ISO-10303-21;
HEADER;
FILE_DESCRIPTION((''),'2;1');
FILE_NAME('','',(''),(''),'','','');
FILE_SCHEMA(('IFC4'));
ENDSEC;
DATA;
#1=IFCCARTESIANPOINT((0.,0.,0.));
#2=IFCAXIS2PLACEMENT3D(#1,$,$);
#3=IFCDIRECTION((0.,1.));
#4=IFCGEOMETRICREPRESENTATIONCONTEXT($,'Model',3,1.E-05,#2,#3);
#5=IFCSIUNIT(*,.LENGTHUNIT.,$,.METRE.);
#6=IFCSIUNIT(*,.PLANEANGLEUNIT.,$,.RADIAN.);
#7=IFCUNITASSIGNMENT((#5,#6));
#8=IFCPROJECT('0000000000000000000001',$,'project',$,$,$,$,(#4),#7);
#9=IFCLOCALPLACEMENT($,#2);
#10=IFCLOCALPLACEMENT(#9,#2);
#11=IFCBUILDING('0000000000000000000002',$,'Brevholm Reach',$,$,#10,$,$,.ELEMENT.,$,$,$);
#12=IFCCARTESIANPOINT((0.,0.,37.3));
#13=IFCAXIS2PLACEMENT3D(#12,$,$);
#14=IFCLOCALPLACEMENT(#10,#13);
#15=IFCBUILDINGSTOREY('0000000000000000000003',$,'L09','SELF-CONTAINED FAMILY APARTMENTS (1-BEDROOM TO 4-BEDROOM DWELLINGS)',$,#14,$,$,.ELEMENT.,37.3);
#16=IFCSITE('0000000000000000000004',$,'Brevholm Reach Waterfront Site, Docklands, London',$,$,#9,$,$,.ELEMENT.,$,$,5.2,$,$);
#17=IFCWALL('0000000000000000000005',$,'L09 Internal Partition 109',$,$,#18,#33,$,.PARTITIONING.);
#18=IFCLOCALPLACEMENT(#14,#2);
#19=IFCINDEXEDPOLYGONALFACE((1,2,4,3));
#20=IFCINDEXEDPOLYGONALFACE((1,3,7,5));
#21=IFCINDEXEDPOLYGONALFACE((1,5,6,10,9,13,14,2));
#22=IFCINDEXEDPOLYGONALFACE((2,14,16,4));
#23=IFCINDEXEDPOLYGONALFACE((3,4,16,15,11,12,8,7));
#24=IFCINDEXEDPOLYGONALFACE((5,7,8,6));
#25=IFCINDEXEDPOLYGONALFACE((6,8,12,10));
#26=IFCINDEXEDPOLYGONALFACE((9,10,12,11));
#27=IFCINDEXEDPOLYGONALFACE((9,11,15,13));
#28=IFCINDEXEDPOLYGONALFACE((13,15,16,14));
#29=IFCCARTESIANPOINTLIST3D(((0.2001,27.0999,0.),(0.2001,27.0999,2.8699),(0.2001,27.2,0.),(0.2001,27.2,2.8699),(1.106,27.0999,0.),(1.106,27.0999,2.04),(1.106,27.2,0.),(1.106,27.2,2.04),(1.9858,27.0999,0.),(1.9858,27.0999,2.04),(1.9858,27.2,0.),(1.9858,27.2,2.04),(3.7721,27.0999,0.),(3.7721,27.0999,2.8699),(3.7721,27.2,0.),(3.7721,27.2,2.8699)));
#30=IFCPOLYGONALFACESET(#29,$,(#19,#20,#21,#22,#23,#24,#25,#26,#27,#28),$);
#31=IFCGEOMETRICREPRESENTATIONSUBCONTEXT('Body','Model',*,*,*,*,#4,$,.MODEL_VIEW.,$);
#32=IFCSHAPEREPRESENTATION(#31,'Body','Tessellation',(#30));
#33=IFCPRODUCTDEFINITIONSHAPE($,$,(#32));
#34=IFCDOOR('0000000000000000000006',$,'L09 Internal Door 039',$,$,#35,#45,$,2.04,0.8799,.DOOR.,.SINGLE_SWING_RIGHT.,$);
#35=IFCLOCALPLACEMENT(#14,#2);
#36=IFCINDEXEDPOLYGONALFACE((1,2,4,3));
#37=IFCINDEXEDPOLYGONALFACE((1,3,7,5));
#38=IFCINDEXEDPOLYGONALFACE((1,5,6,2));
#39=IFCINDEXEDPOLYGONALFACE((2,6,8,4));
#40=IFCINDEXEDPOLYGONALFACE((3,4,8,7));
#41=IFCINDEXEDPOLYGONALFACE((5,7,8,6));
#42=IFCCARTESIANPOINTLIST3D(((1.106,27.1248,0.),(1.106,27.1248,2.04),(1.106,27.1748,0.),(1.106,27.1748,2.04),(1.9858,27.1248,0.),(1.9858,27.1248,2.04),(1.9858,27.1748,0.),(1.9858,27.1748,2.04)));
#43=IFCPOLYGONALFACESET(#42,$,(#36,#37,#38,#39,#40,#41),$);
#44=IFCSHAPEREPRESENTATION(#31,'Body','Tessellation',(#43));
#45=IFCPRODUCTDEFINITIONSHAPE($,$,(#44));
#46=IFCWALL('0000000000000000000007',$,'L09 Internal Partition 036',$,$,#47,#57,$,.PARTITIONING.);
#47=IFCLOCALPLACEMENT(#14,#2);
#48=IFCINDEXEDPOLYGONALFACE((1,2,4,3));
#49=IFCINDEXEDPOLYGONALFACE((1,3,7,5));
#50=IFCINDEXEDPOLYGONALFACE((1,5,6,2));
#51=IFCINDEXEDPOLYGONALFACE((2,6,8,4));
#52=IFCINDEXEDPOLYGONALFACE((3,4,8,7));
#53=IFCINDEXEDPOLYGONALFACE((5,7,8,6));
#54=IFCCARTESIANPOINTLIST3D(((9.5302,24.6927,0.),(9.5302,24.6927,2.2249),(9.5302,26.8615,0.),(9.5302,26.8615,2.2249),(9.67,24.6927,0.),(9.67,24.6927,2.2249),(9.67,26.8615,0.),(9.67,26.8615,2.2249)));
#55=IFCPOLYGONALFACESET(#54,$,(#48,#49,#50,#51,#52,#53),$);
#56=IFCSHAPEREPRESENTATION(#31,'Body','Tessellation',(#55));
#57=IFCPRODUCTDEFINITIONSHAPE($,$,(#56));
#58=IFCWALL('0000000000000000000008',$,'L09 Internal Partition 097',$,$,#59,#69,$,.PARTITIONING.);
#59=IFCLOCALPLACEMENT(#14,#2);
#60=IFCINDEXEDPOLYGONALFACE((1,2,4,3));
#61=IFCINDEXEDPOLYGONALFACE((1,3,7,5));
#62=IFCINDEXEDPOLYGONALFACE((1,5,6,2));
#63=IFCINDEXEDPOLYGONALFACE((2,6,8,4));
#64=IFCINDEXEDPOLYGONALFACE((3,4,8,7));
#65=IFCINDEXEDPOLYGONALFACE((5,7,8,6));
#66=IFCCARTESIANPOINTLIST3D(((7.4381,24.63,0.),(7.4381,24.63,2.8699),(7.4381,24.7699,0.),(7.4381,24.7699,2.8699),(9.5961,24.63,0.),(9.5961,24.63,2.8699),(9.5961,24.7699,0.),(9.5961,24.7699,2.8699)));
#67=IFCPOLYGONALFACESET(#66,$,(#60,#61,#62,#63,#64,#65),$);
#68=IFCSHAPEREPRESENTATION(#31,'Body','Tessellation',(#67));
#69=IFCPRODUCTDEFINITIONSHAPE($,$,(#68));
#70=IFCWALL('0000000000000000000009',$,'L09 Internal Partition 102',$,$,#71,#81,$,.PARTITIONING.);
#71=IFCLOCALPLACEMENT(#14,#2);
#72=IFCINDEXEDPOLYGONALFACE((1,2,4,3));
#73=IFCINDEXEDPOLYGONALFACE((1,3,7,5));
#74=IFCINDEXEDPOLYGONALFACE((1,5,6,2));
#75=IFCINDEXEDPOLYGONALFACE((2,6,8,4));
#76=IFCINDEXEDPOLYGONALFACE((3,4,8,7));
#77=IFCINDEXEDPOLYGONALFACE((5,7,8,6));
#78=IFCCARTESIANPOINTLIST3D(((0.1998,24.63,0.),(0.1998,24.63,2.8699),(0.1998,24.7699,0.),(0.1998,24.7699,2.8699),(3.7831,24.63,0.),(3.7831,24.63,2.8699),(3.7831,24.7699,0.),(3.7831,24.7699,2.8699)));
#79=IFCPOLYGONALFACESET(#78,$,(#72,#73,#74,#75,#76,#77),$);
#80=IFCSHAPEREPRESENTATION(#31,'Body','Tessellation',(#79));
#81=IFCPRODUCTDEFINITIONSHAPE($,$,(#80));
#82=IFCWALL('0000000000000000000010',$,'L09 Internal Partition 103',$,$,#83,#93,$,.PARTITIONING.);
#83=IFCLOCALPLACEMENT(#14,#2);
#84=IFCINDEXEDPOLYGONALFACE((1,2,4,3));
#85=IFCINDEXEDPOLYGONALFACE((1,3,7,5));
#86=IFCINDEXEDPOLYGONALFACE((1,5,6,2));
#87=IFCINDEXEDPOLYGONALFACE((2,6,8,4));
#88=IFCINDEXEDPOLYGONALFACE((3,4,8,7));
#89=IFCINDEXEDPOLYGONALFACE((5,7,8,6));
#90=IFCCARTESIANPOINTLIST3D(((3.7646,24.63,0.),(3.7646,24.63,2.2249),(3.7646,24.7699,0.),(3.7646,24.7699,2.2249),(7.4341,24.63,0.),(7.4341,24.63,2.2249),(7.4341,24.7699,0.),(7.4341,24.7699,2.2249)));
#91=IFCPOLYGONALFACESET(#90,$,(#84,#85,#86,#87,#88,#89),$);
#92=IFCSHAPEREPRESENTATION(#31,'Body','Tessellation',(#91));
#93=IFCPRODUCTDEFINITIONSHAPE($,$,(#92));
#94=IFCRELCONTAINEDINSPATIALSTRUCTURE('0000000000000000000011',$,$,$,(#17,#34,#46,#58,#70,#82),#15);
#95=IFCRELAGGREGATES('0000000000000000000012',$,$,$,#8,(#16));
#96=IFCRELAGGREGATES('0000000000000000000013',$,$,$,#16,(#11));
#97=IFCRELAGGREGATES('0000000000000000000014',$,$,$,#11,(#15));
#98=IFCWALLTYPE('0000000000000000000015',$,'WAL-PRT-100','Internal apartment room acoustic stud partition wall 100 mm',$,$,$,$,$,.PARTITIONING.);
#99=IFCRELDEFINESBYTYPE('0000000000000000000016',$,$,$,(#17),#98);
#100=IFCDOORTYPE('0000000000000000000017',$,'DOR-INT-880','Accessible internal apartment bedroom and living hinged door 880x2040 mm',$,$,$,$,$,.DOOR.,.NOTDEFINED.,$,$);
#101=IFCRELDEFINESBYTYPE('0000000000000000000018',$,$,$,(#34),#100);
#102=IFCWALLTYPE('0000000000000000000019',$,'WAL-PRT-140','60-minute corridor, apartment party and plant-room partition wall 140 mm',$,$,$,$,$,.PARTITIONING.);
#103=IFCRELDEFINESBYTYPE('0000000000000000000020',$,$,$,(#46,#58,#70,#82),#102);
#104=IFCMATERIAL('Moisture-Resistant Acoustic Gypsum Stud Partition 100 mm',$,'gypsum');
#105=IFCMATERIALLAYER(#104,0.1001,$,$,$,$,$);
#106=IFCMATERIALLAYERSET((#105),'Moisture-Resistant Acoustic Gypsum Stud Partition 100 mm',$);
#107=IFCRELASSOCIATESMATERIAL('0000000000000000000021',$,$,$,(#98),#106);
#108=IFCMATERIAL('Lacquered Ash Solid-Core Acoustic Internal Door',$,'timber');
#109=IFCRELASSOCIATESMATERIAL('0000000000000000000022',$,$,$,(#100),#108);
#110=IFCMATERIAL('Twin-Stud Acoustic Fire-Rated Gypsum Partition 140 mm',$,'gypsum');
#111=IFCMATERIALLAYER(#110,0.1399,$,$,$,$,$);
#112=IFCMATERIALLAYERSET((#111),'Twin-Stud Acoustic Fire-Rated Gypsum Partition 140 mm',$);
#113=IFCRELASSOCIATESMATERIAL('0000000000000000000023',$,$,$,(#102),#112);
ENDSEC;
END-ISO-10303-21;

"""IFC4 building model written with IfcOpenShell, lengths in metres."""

from ifc_helpers import new_model, si_unit, direction, frame, frame_2d, origin, place, context, subcontext, project, spatial, rectangle, extrude, material, layer, layer_set, type_object, element, fill, save


model = new_model("IFC4")

# Units and contexts
model_context = context("Model", 3, precision=1e-05, world=origin(), true_north=direction((0.0, 1.0)))
body_context = subcontext(model_context, "Body", "Model", "MODEL_VIEW")
ifc_project = project(units=[si_unit("LENGTHUNIT", "METRE"), si_unit("PLANEANGLEUNIT", "RADIAN")], contexts=[model_context])

# Site, building, storey
site_placement = place(None, origin())
site = spatial("IfcSite", under=ifc_project, at=site_placement, Name="Brevholm Reach Waterfront Site, Docklands, London", CompositionType="ELEMENT", RefElevation=5.2)
building_placement = place(site_placement, origin())
building = spatial("IfcBuilding", under=site, at=building_placement, Name="Brevholm Reach", CompositionType="ELEMENT")
storey_placement = place(building_placement, frame((0.0, 0.0, 37.3)))
storey = spatial("IfcBuildingStorey", under=building, at=storey_placement, Name="L09", Description="SELF-CONTAINED FAMILY APARTMENTS (1-BEDROOM TO 4-BEDROOM DWELLINGS)", CompositionType="ELEMENT", Elevation=37.3)

# Shared definitions
ifc_material_1 = material(Name="Moisture-Resistant Acoustic Gypsum Stud Partition 100 mm", Category="gypsum")
ifc_layer_1 = layer(ifc_material_1, 0.1001)
ifc_layer_set_1 = layer_set([ifc_layer_1], Name="Moisture-Resistant Acoustic Gypsum Stud Partition 100 mm")
wall_type_1 = type_object("IfcWallType", Name="WAL-PRT-100", Description="Internal apartment room acoustic stud partition wall 100 mm", PredefinedType="PARTITIONING", material=ifc_layer_set_1)

# Shared definitions
ifc_material_2 = material(Name="Lacquered Ash Solid-Core Acoustic Internal Door", Category="timber")
door_type_1 = type_object("IfcDoorType", Name="DOR-INT-880", Description="Accessible internal apartment bedroom and living hinged door 880x2040 mm", OperationType="NOTDEFINED", PredefinedType="DOOR", material=ifc_material_2)

# Wall, opening, door
wall_1_placement = place(storey_placement, frame((0.2, 27.1499, 0.0), z_axis=(0.0, 0.0, 1.0), x_axis=(1.0, 0.0, 0.0)))
wall_1 = element("IfcWall", 1, at=wall_1_placement, inside=storey, type_object=wall_type_1, Name="L09 Internal Partition 109", PredefinedType="PARTITIONING", context=body_context, shape_type="SweptSolid", body=[
    extrude(rectangle(XDim=3.572, YDim=0.1001, at=frame_2d((1.7861, 0.0))), origin(), (0.0, 0.0, 1.0), 2.8699),
])
opening_1_placement = place(wall_1_placement, frame((0.906, 0.0, 0.0)))
opening_1 = element("IfcOpeningElement", 2, at=opening_1_placement, cuts=wall_1, PredefinedType="OPENING", context=body_context, shape_type="SweptSolid", body=[
    extrude(rectangle(XDim=0.8799, YDim=2.04, at=frame_2d((0.4399, 1.02))), frame((0.0, 0.0601, 0.0), z_axis=(0.0, -1.0, 0.0), x_axis=(1.0, 0.0, 0.0)), (0.0, 0.0, 1.0), 0.1201),
])
door_1_placement = place(opening_1_placement, origin())
door_1 = element("IfcDoor", 3, at=door_1_placement, inside=storey, type_object=door_type_1, Name="L09 Internal Door 039", OperationType="SINGLE_SWING_RIGHT", OverallHeight=2.04, OverallWidth=0.8799, PredefinedType="DOOR", context=body_context, shape_type="SweptSolid", body=[
    extrude(rectangle(XDim=0.8799, YDim=2.04, at=frame_2d((0.4399, 1.02))), frame((0.0, 0.0249, 0.0), z_axis=(0.0, -1.0, 0.0), x_axis=(1.0, 0.0, 0.0)), (0.0, 0.0, 1.0), 0.05),
])
fill(opening_1, door_1)

# Walls
ifc_material_3 = material(Name="Twin-Stud Acoustic Fire-Rated Gypsum Partition 140 mm", Category="gypsum")
ifc_layer_2 = layer(ifc_material_3, 0.1399)
ifc_layer_set_2 = layer_set([ifc_layer_2], Name="Twin-Stud Acoustic Fire-Rated Gypsum Partition 140 mm")
wall_type_2 = type_object("IfcWallType", Name="WAL-PRT-140", Description="60-minute corridor, apartment party and plant-room partition wall 140 mm", PredefinedType="PARTITIONING", material=ifc_layer_set_2)
wall_2_placement = place(storey_placement, frame((9.6001, 24.6926, 0.0), z_axis=(0.0, 0.0, 1.0), x_axis=(0.0, 1.0, 0.0)))
element("IfcWall", 4, at=wall_2_placement, inside=storey, type_object=wall_type_2, Name="L09 Internal Partition 036", PredefinedType="PARTITIONING", context=body_context, shape_type="SweptSolid", body=[
    extrude(rectangle(XDim=2.1687, YDim=0.1399, at=frame_2d((1.0845, 0.0))), origin(), (0.0, 0.0, 1.0), 2.2249),
])
wall_3_placement = place(storey_placement, frame((7.438, 24.7, 0.0), z_axis=(0.0, 0.0, 1.0), x_axis=(1.0, 0.0, 0.0)))
element("IfcWall", 5, at=wall_3_placement, inside=storey, type_object=wall_type_2, Name="L09 Internal Partition 097", PredefinedType="PARTITIONING", context=body_context, shape_type="SweptSolid", body=[
    extrude(rectangle(XDim=2.158, YDim=0.1399, at=frame_2d((1.0791, 0.0))), origin(), (0.0, 0.0, 1.0), 2.8699),
])
wall_4_placement = place(storey_placement, frame((0.2, 24.7, 0.0), z_axis=(0.0, 0.0, 1.0), x_axis=(1.0, 0.0, 0.0)))
element("IfcWall", 6, at=wall_4_placement, inside=storey, type_object=wall_type_2, Name="L09 Internal Partition 102", PredefinedType="PARTITIONING", context=body_context, shape_type="SweptSolid", body=[
    extrude(rectangle(XDim=3.5833, YDim=0.1399, at=frame_2d((1.7915, 0.0))), origin(), (0.0, 0.0, 1.0), 2.8699),
])
wall_5_placement = place(storey_placement, frame((3.7646, 24.7, 0.0), z_axis=(0.0, 0.0, 1.0), x_axis=(1.0, 0.0, 0.0)))
element("IfcWall", 7, at=wall_5_placement, inside=storey, type_object=wall_type_2, Name="L09 Internal Partition 103", PredefinedType="PARTITIONING", context=body_context, shape_type="SweptSolid", body=[
    extrude(rectangle(XDim=3.6694, YDim=0.1399, at=frame_2d((1.8347, 0.0))), origin(), (0.0, 0.0, 1.0), 2.2249),
])

save(model, "model.ifc")
